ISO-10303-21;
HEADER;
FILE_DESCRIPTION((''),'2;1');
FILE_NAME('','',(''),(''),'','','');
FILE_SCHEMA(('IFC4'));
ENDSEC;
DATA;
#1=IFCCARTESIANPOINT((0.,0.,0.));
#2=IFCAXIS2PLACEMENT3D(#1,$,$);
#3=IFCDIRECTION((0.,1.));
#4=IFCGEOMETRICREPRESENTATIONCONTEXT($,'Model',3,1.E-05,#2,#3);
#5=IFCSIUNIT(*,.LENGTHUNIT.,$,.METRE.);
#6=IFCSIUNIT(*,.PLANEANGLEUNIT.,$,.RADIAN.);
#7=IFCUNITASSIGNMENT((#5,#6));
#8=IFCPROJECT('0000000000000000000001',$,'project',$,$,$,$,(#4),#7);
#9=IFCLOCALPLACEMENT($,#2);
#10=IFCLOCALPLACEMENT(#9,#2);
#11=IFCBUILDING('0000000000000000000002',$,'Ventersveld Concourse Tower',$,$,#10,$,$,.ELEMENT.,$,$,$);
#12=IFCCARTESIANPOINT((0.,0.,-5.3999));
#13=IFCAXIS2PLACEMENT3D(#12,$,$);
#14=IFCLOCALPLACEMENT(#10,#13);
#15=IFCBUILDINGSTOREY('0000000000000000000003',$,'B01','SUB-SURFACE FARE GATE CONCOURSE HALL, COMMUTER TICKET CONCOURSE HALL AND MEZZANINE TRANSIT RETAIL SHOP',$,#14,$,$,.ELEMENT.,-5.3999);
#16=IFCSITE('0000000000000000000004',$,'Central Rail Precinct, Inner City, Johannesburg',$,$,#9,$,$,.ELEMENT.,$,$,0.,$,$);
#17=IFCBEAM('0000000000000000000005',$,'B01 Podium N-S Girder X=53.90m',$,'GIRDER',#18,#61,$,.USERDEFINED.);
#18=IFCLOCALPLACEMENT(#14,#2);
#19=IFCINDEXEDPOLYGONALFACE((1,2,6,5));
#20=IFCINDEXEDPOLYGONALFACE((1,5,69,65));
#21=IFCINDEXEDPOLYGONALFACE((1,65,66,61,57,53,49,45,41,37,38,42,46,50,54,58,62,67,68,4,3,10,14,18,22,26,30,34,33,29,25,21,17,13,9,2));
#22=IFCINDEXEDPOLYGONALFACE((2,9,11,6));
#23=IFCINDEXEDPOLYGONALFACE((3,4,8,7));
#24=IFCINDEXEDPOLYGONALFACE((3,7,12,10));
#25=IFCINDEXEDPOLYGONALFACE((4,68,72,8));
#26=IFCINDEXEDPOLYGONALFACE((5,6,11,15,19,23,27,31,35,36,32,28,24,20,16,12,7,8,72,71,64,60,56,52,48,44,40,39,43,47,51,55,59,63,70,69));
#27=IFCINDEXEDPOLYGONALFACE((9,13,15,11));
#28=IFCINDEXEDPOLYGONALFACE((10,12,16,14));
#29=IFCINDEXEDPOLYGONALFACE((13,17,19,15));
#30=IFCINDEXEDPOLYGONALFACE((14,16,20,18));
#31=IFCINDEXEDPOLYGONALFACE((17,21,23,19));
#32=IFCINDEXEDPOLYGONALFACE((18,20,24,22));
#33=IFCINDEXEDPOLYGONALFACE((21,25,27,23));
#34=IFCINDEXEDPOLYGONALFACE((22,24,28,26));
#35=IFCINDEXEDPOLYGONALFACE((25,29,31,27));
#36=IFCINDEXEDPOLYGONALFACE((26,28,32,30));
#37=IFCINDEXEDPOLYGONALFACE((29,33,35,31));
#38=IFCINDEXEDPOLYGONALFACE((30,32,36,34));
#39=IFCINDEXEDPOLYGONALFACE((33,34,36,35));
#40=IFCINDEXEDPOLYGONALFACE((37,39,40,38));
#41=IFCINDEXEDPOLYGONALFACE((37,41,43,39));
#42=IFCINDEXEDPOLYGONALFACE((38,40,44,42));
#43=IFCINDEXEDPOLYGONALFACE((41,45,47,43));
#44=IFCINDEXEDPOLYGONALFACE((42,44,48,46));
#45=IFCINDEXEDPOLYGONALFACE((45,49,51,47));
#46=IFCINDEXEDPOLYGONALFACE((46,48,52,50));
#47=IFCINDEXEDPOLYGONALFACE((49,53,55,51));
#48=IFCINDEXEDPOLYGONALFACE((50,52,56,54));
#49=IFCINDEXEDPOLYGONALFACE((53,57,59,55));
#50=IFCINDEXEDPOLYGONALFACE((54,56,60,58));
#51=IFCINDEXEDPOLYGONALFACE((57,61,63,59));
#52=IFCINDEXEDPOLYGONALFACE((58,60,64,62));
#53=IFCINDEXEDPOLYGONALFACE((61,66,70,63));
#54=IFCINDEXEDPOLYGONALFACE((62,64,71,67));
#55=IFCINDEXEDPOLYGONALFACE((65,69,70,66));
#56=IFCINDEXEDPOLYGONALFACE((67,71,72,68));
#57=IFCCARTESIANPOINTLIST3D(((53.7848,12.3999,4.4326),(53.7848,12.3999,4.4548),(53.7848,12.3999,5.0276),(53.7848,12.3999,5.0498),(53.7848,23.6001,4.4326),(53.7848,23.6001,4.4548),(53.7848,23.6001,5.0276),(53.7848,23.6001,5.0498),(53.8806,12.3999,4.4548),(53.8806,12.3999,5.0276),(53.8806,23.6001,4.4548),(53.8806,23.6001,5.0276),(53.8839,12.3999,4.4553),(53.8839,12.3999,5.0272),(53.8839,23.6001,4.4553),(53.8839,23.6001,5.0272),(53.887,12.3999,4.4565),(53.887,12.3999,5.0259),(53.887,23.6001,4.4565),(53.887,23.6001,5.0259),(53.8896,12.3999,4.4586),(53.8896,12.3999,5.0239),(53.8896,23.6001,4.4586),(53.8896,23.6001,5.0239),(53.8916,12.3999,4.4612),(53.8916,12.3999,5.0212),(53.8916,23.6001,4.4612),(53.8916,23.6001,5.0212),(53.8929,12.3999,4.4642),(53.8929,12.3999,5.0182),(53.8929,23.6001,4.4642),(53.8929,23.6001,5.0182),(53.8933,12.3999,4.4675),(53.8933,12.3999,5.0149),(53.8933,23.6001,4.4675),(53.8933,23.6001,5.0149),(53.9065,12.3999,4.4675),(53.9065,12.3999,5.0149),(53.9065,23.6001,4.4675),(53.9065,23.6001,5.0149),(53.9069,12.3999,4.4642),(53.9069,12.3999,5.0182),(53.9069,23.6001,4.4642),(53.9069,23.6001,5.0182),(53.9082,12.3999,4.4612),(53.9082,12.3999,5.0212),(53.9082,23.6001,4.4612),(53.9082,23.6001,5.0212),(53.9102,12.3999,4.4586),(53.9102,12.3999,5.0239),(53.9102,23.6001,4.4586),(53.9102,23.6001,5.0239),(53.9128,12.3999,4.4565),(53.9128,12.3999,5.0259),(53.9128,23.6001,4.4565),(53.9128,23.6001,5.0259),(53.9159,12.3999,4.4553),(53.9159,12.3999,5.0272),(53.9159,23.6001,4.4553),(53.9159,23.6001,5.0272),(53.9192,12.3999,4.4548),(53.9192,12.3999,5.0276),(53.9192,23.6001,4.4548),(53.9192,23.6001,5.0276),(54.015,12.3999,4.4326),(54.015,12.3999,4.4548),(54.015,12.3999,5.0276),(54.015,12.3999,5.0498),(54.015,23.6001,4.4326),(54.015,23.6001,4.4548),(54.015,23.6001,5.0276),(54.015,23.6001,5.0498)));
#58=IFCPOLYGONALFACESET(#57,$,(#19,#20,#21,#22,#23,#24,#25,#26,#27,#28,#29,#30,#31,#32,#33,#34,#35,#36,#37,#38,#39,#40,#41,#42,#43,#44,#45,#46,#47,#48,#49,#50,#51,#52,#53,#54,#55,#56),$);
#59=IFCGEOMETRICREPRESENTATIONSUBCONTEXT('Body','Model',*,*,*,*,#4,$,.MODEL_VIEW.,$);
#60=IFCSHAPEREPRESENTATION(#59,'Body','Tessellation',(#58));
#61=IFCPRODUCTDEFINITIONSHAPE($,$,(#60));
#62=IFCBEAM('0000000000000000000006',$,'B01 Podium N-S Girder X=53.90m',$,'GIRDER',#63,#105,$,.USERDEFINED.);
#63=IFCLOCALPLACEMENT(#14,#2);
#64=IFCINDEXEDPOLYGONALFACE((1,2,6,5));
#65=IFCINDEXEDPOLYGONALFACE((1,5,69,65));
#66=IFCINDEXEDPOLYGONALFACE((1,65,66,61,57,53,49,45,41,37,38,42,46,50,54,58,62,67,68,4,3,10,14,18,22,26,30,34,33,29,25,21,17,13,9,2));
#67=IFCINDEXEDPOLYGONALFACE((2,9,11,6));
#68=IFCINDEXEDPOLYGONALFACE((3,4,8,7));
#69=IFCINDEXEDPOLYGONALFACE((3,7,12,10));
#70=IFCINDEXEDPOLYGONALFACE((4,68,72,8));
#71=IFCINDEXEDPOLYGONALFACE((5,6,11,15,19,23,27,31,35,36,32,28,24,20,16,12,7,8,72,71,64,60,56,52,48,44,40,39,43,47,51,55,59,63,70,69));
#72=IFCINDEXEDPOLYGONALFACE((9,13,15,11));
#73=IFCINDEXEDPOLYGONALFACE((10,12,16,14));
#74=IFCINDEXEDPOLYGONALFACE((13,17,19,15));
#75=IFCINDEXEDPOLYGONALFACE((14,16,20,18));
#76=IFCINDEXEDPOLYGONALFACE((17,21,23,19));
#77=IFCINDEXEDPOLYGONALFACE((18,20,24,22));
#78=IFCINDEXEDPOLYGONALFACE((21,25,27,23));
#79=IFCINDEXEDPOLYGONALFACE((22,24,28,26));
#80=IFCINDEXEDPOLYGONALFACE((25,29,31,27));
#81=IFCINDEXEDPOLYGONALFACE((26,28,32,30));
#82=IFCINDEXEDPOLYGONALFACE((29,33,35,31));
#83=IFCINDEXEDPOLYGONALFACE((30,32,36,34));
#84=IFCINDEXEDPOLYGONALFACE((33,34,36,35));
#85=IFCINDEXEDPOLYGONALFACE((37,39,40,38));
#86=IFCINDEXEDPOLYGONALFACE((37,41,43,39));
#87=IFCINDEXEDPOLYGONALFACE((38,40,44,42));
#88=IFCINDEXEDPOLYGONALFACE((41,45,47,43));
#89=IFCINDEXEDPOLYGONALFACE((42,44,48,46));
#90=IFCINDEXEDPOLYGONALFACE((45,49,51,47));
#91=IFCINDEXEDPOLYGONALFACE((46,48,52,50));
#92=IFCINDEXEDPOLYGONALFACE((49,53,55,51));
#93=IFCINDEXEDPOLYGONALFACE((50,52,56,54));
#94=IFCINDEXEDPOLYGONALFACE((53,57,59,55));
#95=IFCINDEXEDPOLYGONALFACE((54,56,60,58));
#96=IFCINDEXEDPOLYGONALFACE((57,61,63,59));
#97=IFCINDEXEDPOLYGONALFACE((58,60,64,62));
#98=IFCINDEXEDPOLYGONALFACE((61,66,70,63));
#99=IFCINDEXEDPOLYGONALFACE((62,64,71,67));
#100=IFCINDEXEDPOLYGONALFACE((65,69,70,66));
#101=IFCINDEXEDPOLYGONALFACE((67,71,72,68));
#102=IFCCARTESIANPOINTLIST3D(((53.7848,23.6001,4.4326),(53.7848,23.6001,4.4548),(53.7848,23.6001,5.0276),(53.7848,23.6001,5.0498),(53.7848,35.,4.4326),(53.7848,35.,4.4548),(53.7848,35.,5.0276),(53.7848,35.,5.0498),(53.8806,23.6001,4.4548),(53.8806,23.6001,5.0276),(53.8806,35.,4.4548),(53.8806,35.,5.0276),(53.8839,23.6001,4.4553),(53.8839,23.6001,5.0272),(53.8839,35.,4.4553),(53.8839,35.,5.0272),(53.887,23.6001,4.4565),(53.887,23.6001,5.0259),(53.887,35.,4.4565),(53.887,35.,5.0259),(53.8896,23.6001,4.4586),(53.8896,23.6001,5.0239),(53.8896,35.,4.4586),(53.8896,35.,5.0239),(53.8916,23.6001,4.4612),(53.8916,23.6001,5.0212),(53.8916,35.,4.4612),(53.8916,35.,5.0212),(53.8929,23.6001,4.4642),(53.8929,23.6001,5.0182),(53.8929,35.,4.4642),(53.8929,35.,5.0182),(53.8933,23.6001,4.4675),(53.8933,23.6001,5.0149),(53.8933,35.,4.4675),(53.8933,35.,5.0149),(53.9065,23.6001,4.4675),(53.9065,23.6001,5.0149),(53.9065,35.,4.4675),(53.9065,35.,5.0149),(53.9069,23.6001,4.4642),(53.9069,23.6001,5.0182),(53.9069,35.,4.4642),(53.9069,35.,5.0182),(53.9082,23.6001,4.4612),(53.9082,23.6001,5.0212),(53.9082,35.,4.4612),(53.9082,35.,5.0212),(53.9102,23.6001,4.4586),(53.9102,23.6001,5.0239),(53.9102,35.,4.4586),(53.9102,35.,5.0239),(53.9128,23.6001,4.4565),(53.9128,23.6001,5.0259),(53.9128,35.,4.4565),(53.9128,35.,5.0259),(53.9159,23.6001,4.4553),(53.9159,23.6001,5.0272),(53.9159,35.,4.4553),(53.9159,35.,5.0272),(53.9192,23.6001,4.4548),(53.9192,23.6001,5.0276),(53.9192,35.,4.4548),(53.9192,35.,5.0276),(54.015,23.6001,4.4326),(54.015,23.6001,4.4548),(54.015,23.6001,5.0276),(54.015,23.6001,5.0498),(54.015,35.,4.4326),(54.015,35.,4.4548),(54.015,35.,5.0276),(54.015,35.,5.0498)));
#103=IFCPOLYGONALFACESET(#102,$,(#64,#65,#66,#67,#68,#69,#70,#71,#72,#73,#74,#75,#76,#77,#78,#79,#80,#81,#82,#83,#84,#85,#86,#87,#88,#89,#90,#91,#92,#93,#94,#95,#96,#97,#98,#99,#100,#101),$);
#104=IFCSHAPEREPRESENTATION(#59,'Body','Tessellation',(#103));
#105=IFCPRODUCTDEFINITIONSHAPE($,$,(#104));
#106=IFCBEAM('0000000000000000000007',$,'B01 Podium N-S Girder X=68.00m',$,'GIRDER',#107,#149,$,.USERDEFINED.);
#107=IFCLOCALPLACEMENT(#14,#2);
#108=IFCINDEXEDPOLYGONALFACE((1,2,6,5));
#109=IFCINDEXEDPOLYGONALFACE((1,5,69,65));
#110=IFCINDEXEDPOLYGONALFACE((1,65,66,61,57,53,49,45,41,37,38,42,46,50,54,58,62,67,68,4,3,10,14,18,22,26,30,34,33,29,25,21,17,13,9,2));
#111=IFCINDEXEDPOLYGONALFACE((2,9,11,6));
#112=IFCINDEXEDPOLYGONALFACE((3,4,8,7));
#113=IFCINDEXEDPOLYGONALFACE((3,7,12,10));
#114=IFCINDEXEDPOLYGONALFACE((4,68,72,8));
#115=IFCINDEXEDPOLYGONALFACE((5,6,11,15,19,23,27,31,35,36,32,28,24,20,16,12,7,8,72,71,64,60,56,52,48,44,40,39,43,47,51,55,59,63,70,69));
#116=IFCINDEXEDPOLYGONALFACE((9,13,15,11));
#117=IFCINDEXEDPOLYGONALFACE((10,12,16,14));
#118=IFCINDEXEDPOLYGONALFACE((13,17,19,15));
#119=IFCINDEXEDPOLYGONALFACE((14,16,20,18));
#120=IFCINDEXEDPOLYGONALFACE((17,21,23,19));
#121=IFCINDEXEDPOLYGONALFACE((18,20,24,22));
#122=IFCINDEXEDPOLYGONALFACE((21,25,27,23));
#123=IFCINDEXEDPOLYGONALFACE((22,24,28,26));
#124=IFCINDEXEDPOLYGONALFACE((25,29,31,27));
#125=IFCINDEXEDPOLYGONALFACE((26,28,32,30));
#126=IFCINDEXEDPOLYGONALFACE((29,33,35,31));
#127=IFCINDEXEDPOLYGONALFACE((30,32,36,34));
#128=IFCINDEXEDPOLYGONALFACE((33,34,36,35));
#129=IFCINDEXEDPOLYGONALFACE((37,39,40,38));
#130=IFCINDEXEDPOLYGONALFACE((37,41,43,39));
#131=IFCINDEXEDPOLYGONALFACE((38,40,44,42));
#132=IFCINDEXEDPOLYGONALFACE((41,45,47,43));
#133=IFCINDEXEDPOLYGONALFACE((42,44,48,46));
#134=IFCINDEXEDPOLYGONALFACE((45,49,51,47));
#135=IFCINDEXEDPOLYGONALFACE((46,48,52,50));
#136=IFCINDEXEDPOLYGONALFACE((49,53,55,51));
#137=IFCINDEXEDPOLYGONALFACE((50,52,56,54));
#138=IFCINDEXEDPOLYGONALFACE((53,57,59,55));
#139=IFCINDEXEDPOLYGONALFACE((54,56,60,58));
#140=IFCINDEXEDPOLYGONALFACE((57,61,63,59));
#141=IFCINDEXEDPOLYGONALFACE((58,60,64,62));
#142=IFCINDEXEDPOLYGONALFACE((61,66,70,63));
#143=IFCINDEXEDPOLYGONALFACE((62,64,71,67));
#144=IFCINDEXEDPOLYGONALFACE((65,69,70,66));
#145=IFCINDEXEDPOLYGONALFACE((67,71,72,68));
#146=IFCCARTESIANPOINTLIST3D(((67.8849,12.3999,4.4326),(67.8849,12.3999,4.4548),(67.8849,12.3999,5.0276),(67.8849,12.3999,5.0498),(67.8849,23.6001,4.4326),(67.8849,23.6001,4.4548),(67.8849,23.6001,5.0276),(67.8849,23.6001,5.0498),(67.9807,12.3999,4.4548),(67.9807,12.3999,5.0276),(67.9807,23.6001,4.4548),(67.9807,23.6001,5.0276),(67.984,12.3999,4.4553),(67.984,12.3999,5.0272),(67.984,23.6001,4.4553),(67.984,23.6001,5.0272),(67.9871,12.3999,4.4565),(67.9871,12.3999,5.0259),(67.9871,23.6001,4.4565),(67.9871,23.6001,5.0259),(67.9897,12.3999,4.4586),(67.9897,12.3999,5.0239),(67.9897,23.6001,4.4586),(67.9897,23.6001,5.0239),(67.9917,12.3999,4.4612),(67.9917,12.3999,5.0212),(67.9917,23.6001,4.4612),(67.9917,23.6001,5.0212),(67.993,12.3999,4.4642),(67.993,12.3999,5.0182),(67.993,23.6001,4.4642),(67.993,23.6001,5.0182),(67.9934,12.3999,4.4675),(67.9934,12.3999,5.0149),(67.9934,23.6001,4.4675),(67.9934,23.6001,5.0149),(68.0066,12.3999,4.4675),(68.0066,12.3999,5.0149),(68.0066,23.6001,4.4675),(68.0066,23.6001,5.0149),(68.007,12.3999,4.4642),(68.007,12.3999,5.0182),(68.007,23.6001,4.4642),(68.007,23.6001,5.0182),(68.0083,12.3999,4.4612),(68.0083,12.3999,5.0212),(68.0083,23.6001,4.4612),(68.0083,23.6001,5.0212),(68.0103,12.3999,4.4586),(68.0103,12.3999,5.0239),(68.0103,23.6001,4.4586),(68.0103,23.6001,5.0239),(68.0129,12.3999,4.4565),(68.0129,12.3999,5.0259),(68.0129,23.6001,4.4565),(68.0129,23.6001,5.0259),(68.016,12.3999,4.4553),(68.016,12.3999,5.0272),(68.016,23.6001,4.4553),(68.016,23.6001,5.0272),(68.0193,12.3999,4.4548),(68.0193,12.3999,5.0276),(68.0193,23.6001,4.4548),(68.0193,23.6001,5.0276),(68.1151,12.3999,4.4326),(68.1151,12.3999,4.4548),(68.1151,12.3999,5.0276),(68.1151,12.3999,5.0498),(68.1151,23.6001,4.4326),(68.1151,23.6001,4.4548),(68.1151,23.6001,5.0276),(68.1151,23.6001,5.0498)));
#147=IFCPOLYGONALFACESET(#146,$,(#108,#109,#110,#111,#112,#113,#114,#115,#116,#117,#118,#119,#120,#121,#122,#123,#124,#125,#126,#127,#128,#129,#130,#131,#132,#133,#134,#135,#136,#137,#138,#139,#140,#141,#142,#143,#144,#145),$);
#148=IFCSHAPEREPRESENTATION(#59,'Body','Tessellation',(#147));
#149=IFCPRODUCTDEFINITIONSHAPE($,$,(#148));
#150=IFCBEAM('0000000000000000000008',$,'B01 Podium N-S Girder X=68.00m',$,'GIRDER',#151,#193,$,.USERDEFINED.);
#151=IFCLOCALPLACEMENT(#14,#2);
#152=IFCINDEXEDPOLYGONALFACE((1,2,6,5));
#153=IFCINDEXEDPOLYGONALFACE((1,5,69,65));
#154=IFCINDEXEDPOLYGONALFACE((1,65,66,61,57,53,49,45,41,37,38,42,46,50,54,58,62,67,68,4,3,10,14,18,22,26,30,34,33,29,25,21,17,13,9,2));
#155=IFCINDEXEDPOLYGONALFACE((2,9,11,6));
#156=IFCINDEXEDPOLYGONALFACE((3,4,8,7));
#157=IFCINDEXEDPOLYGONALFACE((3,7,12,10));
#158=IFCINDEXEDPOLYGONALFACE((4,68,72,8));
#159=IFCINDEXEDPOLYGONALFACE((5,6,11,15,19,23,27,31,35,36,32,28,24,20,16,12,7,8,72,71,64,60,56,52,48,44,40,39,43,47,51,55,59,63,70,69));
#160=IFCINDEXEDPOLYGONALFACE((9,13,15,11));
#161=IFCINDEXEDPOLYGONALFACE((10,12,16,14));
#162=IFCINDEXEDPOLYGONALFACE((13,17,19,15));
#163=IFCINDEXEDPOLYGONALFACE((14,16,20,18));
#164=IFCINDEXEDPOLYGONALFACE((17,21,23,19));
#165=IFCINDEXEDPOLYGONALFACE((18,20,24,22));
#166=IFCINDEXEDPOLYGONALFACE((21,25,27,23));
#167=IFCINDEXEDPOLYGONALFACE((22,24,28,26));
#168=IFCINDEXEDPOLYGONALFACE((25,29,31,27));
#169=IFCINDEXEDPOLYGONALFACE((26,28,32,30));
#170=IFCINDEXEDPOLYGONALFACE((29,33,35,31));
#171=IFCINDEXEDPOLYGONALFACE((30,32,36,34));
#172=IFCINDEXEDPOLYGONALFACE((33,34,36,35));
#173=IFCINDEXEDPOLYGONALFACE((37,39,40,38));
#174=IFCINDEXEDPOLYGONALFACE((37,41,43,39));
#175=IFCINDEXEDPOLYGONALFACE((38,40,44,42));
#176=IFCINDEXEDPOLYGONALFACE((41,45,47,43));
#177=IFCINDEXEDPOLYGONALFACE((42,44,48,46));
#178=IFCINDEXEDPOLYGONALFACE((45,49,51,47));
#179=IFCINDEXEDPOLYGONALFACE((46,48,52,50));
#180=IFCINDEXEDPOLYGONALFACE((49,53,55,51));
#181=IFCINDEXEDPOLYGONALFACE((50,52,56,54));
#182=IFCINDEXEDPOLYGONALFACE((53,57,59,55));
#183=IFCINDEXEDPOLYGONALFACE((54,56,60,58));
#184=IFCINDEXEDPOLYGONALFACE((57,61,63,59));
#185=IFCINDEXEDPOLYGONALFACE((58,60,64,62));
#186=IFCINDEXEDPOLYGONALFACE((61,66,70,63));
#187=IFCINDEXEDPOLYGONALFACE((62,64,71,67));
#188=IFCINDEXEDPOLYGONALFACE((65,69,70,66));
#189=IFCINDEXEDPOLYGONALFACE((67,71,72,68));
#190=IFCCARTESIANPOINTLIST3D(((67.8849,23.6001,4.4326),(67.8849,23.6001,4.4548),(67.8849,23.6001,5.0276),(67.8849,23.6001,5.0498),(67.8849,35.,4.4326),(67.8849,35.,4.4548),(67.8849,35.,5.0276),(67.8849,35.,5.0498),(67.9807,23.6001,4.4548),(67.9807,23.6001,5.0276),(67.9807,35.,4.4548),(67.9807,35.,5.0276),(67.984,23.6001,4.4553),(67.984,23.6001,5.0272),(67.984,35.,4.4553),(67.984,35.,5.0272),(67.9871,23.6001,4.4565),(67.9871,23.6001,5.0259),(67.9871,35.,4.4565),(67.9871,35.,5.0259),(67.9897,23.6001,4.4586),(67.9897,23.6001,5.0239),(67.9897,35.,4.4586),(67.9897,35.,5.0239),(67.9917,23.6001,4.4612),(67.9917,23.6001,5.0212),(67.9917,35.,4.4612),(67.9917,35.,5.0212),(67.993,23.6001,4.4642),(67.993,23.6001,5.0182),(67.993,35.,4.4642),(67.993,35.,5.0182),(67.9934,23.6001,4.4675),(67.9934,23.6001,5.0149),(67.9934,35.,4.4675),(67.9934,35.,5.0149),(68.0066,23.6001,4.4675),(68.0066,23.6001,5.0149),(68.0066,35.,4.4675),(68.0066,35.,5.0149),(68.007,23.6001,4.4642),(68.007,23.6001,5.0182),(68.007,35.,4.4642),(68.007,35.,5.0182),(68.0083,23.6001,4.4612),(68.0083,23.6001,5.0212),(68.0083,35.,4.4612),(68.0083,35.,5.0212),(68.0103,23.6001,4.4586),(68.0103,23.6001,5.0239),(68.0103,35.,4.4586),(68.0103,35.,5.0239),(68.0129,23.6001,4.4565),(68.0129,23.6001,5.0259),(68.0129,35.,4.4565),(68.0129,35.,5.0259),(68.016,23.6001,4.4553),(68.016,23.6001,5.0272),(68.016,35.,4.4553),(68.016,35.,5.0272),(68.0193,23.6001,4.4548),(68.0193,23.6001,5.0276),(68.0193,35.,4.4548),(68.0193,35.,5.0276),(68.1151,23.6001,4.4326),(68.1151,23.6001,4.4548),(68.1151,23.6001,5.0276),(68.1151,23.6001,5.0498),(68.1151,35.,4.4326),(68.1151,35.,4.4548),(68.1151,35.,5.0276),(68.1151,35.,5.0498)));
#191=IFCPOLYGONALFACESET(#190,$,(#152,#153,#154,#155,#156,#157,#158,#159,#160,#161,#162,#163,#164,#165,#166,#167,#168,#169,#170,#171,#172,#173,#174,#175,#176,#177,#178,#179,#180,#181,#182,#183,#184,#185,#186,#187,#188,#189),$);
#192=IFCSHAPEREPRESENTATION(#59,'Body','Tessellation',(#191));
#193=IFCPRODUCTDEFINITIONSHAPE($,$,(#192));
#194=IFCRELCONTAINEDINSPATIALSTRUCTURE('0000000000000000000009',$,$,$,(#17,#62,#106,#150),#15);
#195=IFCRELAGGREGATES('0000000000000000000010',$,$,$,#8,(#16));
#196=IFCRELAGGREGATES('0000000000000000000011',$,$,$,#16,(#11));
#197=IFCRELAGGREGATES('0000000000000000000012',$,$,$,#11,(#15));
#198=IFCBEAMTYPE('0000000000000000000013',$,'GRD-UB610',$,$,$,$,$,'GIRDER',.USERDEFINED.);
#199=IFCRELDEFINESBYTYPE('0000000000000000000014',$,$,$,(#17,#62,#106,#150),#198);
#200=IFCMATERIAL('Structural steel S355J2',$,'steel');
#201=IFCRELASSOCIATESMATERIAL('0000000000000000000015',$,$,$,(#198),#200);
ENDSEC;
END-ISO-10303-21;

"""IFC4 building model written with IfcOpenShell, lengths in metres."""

from ifc_helpers import new_model, si_unit, direction, frame, origin, origin_2d, place, context, subcontext, project, spatial, i_section, extrude, material, material_profile, profile_set, type_object, element, save


model = new_model("IFC4")

# Units and contexts
model_context = context("Model", 3, precision=1e-05, world=origin(), true_north=direction((0.0, 1.0)))
body_context = subcontext(model_context, "Body", "Model", "MODEL_VIEW")
ifc_project = project(units=[si_unit("LENGTHUNIT", "METRE"), si_unit("PLANEANGLEUNIT", "RADIAN")], contexts=[model_context])

# Site, building, storey
site_placement = place(None, origin())
site = spatial("IfcSite", under=ifc_project, at=site_placement, Name="Central Rail Precinct, Inner City, Johannesburg", CompositionType="ELEMENT", RefElevation=0.0)
building_placement = place(site_placement, origin())
building = spatial("IfcBuilding", under=site, at=building_placement, Name="Ventersveld Concourse Tower", CompositionType="ELEMENT")
storey_placement = place(building_placement, frame((0.0, 0.0, -5.3999)))
storey = spatial("IfcBuildingStorey", under=building, at=storey_placement, Name="B01", Description="SUB-SURFACE FARE GATE CONCOURSE HALL, COMMUTER TICKET CONCOURSE HALL AND MEZZANINE TRANSIT RETAIL SHOP", CompositionType="ELEMENT", Elevation=-5.3999)

# Beams
ifc_material_1 = material(Name="Structural steel S355J2", Category="steel")
ifc_material_profile_1 = material_profile(ifc_material_1, i_section(OverallWidth=0.2302, OverallDepth=0.6172, WebThickness=0.0132, FlangeThickness=0.0222, FilletRadius=0.0127, at=origin_2d()), Name="UB 610x229x140")
ifc_profile_set_1 = profile_set([ifc_material_profile_1], Name="Structural steel S355J2")
beam_type_1 = type_object("IfcBeamType", Name="GRD-UB610", ElementType="GIRDER", PredefinedType="USERDEFINED", material=ifc_profile_set_1)
beam_1_placement = place(storey_placement, frame((53.8999, 12.3999, 4.7412), z_axis=(0.0, 1.0, 0.0), x_axis=(-1.0, 0.0, 0.0)))
element("IfcBeam", 1, at=beam_1_placement, inside=storey, type_object=beam_type_1, Name="B01 Podium N-S Girder X=53.90m", ObjectType="GIRDER", PredefinedType="USERDEFINED", context=body_context, shape_type="SweptSolid", body=[
    extrude(i_section(OverallWidth=0.2302, OverallDepth=0.6172, WebThickness=0.0132, FlangeThickness=0.0222, FilletRadius=0.0127, at=origin_2d()), origin(), (0.0, 0.0, 1.0), 11.2002),
])
beam_2_placement = place(storey_placement, frame((53.8999, 23.6001, 4.7412), z_axis=(0.0, 1.0, 0.0), x_axis=(-1.0, 0.0, 0.0)))
element("IfcBeam", 2, at=beam_2_placement, inside=storey, type_object=beam_type_1, Name="B01 Podium N-S Girder X=53.90m", ObjectType="GIRDER", PredefinedType="USERDEFINED", context=body_context, shape_type="SweptSolid", body=[
    extrude(i_section(OverallWidth=0.2302, OverallDepth=0.6172, WebThickness=0.0132, FlangeThickness=0.0222, FilletRadius=0.0127, at=origin_2d()), origin(), (0.0, 0.0, 1.0), 11.3999),
])
beam_3_placement = place(storey_placement, frame((68.0, 12.3999, 4.7412), z_axis=(0.0, 1.0, 0.0), x_axis=(-1.0, 0.0, 0.0)))
element("IfcBeam", 3, at=beam_3_placement, inside=storey, type_object=beam_type_1, Name="B01 Podium N-S Girder X=68.00m", ObjectType="GIRDER", PredefinedType="USERDEFINED", context=body_context, shape_type="SweptSolid", body=[
    extrude(i_section(OverallWidth=0.2302, OverallDepth=0.6172, WebThickness=0.0132, FlangeThickness=0.0222, FilletRadius=0.0127, at=origin_2d()), origin(), (0.0, 0.0, 1.0), 11.2002),
])
beam_4_placement = place(storey_placement, frame((68.0, 23.6001, 4.7412), z_axis=(0.0, 1.0, 0.0), x_axis=(-1.0, 0.0, 0.0)))
element("IfcBeam", 4, at=beam_4_placement, inside=storey, type_object=beam_type_1, Name="B01 Podium N-S Girder X=68.00m", ObjectType="GIRDER", PredefinedType="USERDEFINED", context=body_context, shape_type="SweptSolid", body=[
    extrude(i_section(OverallWidth=0.2302, OverallDepth=0.6172, WebThickness=0.0132, FlangeThickness=0.0222, FilletRadius=0.0127, at=origin_2d()), origin(), (0.0, 0.0, 1.0), 11.3999),
])

save(model, "model.ifc")
